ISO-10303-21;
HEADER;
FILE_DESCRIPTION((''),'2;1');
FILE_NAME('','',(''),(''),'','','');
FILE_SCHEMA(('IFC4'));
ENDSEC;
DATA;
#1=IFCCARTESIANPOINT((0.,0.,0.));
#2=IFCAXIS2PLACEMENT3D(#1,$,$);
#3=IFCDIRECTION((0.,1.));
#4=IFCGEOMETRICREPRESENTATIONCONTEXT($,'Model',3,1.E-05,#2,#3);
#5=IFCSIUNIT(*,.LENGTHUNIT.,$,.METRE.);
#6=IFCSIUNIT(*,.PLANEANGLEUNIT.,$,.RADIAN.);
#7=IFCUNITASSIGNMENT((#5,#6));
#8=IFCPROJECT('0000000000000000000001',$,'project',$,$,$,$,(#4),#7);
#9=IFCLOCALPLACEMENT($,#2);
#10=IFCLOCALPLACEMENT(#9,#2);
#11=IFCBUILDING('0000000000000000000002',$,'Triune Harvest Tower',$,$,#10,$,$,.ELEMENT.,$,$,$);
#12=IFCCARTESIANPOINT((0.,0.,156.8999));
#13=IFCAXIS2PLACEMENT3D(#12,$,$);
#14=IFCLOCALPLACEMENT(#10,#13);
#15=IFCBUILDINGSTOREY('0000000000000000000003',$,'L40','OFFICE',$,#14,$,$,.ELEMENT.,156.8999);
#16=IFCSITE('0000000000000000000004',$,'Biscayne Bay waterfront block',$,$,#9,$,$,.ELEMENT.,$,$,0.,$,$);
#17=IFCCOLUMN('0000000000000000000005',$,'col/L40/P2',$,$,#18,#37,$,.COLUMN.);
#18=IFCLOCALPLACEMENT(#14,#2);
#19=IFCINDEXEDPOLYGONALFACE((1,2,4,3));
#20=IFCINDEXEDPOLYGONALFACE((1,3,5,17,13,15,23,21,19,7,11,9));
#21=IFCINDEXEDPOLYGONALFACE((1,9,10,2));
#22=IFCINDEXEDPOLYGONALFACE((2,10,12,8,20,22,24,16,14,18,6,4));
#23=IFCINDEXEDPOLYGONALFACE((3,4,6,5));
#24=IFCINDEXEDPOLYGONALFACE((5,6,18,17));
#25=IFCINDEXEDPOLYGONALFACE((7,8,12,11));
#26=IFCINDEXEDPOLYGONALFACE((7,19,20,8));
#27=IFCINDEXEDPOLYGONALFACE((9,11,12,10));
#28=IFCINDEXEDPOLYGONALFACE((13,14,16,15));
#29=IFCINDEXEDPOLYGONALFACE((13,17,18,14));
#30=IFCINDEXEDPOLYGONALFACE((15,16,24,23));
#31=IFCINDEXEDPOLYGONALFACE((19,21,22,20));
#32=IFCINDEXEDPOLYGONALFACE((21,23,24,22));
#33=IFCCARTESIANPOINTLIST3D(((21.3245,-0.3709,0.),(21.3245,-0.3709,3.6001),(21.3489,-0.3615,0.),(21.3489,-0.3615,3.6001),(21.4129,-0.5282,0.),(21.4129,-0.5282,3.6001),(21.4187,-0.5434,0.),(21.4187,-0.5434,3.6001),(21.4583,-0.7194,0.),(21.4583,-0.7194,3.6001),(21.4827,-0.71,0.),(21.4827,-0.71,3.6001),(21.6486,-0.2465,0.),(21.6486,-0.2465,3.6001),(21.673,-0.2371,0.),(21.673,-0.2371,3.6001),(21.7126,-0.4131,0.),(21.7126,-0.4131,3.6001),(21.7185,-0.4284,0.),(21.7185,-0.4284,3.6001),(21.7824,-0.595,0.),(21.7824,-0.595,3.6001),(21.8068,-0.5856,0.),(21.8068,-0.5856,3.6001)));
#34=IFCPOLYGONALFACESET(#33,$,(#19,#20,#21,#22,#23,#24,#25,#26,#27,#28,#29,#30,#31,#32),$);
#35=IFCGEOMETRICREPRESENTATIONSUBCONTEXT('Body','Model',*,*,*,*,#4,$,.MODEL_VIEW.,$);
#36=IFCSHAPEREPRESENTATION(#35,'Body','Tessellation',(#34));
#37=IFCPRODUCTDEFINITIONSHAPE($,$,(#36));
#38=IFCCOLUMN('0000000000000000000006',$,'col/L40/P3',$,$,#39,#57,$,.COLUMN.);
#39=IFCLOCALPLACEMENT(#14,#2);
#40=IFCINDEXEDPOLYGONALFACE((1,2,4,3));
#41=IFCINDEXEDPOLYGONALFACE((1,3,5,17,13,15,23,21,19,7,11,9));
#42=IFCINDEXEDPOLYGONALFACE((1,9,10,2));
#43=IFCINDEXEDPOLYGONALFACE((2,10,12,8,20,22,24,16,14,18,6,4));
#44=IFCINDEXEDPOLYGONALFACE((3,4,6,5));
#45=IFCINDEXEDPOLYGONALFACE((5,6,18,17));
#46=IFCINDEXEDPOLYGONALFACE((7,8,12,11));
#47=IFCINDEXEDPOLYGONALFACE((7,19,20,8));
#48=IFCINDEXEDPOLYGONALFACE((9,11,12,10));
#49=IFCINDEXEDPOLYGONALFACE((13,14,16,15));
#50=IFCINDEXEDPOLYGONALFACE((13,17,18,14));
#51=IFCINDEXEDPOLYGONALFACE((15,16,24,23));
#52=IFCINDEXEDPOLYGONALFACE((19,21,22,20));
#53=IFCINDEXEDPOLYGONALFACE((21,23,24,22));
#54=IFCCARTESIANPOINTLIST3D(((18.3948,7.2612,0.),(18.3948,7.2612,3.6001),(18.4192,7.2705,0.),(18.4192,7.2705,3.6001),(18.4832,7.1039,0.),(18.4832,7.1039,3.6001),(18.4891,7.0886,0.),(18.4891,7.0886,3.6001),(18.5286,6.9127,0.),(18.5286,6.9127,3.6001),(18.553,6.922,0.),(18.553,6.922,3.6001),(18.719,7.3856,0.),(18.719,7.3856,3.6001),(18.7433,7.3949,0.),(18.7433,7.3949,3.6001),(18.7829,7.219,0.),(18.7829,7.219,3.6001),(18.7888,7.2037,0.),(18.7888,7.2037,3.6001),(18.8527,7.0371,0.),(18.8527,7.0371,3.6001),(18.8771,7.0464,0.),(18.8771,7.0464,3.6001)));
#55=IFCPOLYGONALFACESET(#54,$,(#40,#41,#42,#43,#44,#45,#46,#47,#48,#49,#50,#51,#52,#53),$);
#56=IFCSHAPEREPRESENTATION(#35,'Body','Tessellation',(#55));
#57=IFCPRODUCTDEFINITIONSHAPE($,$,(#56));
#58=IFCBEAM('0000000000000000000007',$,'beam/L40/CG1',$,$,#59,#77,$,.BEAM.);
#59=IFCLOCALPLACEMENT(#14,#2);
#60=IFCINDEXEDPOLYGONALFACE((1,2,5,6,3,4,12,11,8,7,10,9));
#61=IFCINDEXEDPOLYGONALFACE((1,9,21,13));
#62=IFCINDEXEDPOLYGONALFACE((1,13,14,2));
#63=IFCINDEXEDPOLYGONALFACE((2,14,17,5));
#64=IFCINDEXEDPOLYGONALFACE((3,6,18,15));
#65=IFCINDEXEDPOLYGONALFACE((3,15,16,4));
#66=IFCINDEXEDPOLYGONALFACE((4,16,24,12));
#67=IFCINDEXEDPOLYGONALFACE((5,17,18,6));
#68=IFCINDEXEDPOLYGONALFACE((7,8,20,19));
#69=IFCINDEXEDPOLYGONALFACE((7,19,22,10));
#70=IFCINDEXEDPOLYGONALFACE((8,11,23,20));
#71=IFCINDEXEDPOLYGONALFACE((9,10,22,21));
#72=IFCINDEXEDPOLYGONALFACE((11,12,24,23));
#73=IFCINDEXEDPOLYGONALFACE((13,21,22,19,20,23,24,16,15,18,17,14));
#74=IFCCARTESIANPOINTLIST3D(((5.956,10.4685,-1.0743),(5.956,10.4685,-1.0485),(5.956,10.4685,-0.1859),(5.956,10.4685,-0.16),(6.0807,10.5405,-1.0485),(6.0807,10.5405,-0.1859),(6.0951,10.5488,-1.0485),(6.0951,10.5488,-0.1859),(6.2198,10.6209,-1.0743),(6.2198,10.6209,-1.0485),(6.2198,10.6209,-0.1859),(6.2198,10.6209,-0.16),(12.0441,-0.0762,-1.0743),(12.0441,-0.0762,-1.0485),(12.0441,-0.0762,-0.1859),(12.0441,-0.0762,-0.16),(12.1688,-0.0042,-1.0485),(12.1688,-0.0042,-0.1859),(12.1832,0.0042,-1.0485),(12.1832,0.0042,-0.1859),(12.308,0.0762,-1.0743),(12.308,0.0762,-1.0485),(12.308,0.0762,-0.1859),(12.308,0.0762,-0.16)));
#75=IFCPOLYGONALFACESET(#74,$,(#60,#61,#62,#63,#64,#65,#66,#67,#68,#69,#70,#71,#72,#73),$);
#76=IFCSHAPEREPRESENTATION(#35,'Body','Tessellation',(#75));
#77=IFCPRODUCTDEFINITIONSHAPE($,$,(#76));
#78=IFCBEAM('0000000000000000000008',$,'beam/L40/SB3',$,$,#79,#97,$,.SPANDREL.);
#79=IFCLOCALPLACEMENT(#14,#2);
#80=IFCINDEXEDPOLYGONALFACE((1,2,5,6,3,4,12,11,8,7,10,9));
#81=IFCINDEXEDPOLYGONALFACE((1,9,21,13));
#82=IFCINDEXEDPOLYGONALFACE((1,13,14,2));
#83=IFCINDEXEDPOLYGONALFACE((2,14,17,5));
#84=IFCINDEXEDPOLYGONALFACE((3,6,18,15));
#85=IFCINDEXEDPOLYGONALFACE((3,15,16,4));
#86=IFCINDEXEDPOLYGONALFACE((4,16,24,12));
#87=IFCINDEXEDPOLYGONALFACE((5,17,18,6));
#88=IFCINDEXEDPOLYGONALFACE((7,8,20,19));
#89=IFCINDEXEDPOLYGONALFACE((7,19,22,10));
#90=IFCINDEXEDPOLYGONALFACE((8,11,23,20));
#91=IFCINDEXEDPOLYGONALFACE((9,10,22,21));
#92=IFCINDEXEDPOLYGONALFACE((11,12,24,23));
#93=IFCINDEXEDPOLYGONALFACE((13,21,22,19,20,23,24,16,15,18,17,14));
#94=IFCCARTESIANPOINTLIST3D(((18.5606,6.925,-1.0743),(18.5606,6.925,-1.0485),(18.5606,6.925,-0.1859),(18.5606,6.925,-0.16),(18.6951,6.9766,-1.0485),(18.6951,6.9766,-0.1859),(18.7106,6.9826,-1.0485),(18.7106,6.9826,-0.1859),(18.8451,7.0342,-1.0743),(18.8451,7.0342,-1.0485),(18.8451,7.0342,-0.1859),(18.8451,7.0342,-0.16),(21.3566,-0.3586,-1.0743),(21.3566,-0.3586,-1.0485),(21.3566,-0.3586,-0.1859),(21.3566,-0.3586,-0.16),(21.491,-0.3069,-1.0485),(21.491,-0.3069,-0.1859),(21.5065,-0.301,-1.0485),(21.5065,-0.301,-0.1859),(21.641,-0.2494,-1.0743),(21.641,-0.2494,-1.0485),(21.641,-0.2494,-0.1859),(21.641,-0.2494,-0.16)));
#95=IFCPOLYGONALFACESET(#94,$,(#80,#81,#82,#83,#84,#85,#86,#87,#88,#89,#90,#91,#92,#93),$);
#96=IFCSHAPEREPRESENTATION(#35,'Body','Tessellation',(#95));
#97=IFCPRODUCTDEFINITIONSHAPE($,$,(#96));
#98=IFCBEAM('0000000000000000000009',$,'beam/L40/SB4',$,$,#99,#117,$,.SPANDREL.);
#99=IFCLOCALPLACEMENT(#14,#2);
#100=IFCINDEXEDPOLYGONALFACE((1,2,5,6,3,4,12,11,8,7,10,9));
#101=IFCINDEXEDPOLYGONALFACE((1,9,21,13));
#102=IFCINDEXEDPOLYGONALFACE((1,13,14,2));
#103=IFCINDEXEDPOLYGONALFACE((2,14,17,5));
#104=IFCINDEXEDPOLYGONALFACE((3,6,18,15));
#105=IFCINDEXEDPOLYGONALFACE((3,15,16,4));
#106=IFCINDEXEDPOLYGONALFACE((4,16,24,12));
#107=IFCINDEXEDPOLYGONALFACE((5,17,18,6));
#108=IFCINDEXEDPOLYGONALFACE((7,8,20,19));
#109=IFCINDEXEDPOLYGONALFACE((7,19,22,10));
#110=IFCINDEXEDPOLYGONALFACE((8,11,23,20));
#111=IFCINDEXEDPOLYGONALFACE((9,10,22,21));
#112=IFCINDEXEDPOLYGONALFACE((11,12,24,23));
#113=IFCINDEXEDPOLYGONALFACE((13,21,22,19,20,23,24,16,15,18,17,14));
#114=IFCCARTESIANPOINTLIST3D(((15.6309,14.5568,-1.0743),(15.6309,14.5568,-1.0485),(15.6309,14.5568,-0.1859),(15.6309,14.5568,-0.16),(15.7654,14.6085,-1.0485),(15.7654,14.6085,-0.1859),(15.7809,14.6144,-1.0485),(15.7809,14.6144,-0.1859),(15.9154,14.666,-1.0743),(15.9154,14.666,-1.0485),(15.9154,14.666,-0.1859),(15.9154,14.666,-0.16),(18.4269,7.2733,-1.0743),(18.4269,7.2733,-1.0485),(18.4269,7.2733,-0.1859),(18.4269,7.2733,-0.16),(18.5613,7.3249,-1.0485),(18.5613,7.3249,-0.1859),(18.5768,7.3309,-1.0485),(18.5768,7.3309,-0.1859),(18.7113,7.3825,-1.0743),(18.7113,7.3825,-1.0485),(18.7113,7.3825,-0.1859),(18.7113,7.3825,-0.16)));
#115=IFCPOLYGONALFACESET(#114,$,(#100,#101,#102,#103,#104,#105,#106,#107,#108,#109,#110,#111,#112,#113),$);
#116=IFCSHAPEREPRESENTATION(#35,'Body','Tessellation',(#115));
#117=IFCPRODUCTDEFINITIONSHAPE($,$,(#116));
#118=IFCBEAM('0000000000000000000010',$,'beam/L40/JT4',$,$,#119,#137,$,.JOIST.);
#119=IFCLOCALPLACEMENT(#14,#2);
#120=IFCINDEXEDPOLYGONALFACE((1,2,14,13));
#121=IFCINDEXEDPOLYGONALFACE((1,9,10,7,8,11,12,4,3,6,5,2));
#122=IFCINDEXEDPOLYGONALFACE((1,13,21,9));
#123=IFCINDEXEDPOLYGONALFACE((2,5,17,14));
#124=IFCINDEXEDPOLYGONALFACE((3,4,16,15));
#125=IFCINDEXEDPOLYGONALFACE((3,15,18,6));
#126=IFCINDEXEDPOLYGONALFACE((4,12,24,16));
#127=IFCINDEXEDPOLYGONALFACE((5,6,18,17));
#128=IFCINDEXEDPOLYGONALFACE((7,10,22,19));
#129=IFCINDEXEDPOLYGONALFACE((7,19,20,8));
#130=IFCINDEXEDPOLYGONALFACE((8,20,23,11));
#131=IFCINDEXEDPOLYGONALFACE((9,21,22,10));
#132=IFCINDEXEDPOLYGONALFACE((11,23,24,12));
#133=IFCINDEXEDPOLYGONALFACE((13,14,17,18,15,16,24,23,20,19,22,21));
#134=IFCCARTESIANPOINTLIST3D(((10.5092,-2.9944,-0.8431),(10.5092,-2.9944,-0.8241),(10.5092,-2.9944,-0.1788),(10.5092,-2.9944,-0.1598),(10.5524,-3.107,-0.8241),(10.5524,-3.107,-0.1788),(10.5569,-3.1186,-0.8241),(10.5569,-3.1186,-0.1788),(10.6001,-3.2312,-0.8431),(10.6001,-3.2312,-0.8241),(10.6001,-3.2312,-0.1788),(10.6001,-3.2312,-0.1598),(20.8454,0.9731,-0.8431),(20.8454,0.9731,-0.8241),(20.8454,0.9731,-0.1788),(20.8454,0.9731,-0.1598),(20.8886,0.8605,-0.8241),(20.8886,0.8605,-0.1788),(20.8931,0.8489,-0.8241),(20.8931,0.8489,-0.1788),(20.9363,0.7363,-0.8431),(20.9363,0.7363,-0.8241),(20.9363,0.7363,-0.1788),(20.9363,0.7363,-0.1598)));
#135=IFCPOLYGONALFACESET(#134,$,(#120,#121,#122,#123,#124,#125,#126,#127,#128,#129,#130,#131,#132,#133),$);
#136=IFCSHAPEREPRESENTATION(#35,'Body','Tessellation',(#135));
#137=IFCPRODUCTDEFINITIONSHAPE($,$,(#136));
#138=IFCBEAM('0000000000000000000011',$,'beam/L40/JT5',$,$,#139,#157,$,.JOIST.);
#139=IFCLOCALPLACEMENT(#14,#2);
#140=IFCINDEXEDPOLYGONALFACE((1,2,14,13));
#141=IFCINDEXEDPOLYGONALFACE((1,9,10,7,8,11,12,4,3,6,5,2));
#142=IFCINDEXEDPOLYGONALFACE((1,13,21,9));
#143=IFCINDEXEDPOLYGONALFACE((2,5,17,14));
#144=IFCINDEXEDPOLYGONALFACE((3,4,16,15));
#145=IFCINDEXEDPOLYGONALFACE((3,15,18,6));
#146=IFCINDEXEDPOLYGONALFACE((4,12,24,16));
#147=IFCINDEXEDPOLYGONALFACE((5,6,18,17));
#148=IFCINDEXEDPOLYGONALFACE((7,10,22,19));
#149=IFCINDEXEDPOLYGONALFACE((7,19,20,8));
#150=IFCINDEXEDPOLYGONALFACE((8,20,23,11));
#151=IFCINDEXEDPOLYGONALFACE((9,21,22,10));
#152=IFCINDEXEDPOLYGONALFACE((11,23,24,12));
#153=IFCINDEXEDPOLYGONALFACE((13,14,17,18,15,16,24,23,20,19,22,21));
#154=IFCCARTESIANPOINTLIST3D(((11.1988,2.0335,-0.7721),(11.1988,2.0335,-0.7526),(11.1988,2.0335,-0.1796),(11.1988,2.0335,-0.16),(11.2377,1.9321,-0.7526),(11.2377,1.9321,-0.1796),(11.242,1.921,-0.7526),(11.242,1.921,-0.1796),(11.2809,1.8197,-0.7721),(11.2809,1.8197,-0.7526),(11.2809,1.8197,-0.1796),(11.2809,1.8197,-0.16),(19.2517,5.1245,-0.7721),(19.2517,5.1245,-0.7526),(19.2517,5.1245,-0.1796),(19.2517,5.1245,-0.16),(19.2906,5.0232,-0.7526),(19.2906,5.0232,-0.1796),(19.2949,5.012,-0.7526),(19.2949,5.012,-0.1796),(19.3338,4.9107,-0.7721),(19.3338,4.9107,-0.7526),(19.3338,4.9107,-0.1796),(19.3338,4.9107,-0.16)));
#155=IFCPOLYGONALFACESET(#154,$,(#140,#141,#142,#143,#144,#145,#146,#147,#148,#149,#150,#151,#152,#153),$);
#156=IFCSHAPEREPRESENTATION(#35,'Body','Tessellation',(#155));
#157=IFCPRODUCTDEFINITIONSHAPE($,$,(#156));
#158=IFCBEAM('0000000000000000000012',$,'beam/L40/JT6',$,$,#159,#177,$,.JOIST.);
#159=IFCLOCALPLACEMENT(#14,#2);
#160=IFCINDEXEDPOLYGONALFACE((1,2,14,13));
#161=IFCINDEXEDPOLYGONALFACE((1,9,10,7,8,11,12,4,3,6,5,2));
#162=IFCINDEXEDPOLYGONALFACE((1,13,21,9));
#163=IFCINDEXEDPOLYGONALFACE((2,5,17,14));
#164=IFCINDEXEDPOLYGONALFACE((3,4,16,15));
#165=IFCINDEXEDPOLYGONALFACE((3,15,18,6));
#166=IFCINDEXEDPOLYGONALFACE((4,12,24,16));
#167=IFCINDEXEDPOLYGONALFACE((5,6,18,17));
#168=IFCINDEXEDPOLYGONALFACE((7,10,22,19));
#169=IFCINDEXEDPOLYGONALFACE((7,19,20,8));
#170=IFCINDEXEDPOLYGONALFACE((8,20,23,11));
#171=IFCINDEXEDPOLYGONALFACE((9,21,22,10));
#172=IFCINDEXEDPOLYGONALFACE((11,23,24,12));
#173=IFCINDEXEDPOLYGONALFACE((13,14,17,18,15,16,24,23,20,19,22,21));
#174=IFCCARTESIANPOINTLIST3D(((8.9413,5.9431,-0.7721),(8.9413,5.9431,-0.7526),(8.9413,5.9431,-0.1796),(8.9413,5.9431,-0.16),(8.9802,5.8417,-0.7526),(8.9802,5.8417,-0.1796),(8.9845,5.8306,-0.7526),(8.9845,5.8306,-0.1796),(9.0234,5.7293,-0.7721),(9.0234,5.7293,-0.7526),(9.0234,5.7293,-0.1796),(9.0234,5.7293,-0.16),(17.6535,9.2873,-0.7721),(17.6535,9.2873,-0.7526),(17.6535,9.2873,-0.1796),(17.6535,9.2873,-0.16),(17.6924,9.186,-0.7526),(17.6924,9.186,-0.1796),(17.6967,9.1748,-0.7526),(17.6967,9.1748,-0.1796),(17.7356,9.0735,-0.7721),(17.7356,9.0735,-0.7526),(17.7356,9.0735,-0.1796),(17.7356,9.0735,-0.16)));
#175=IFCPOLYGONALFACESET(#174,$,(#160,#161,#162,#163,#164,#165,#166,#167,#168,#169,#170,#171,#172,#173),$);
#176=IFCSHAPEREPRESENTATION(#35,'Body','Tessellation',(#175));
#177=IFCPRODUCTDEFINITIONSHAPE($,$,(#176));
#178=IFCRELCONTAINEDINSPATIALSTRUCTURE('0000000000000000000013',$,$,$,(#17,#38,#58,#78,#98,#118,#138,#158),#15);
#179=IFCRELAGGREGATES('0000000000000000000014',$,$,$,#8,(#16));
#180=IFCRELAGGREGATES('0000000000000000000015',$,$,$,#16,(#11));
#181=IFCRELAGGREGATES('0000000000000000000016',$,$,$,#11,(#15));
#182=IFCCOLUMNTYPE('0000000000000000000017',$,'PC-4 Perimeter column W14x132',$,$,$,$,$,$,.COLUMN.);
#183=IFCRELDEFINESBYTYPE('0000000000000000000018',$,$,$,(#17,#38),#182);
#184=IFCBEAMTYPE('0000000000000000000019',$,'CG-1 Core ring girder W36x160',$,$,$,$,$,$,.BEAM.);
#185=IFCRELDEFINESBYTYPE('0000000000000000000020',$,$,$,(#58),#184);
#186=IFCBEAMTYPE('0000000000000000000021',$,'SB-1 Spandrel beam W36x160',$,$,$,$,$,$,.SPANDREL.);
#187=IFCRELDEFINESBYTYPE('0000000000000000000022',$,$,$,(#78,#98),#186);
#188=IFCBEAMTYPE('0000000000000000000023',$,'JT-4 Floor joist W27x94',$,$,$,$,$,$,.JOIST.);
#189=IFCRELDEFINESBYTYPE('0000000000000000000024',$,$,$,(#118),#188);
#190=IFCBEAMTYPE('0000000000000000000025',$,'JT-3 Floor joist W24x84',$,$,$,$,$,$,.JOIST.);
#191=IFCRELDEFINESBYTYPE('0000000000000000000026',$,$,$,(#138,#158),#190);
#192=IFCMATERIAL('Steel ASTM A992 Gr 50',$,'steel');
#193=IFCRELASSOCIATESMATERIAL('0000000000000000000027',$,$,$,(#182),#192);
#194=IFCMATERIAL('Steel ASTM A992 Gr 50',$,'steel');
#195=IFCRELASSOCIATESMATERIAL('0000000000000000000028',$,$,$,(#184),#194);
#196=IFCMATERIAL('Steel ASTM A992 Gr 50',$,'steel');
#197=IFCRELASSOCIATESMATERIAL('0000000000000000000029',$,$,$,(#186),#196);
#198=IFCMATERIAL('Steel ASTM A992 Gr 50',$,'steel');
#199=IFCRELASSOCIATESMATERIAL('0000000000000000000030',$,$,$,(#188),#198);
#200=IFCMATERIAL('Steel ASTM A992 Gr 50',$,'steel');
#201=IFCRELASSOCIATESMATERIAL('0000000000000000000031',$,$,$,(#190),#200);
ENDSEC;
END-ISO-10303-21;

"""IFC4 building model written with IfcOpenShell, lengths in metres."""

from ifc_helpers import new_model, si_unit, direction, frame, origin, origin_2d, place, context, subcontext, project, spatial, i_section, extrude, source, transform, mapped, material, material_profile, profile_set, type_object, element, save


model = new_model("IFC4")

# Units and contexts
model_context = context("Model", 3, precision=1e-05, world=origin(), true_north=direction((0.0, 1.0)))
body_context = subcontext(model_context, "Body", "Model", "MODEL_VIEW")
ifc_project = project(units=[si_unit("LENGTHUNIT", "METRE"), si_unit("PLANEANGLEUNIT", "RADIAN")], contexts=[model_context])

# Site, building, storey
site_placement = place(None, origin())
site = spatial("IfcSite", under=ifc_project, at=site_placement, Name="Biscayne Bay waterfront block", CompositionType="ELEMENT", RefElevation=0.0)
building_placement = place(site_placement, origin())
building = spatial("IfcBuilding", under=site, at=building_placement, Name="Triune Harvest Tower", CompositionType="ELEMENT")
storey_placement = place(building_placement, frame((0.0, 0.0, 156.8999)))
storey = spatial("IfcBuildingStorey", under=building, at=storey_placement, Name="L40", Description="OFFICE", CompositionType="ELEMENT", Elevation=156.8999)

# Columns
ifc_material_1 = material(Name="Steel ASTM A992 Gr 50", Category="steel")
ifc_material_profile_1 = material_profile(ifc_material_1, i_section(OverallWidth=0.3733, OverallDepth=0.3733, WebThickness=0.0164, FlangeThickness=0.0261, at=origin_2d()), Name="W14x132")
ifc_profile_set_1 = profile_set([ifc_material_profile_1], Name="Steel ASTM A992 Gr 50")
column_type = type_object("IfcColumnType", Name="PC-4 Perimeter column W14x132", PredefinedType="COLUMN", material=ifc_profile_set_1)
shared_shape_1 = source(origin(), body_context, "Body", "SweptSolid", [
    extrude(i_section(OverallWidth=0.3733, OverallDepth=0.3733, WebThickness=0.0164, FlangeThickness=0.0261, at=origin_2d()), origin(), (0.0, 0.0, 1.0), 3.6001),
])
for number, where, z_axis, x_axis, name in (
    (1, (21.5657, -0.4783, 0.0), (0.0, 0.0, 1.0), (-0.358368, 0.93358, 0.0), "col/L40/P2"),
    (2, (18.636, 7.1538, 0.0), (0.0, 0.0, 1.0), (-0.358368, 0.93358, 0.0), "col/L40/P3"),
):
    element("IfcColumn", number, at=place(storey_placement, frame(where, z_axis=z_axis, x_axis=x_axis)), inside=storey, type_object=column_type, Name=name, PredefinedType="COLUMN", context=body_context, shape_type="MappedRepresentation", body=[
        mapped(shared_shape_1, transform((0.0, 0.0, 0.0), scale=1.0)),
    ])

# Beams
ifc_material_2 = material(Name="Steel ASTM A992 Gr 50", Category="steel")
ifc_material_profile_2 = material_profile(ifc_material_2, i_section(OverallWidth=0.3047, OverallDepth=0.9143, WebThickness=0.0166, FlangeThickness=0.0259, at=origin_2d()), Name="W36x160")
ifc_profile_set_2 = profile_set([ifc_material_profile_2], Name="Steel ASTM A992 Gr 50")
beam_type_1 = type_object("IfcBeamType", Name="CG-1 Core ring girder W36x160", PredefinedType="BEAM", material=ifc_profile_set_2)
shared_shape_2 = source(origin(), body_context, "Body", "SweptSolid", [
    extrude(i_section(OverallWidth=0.3047, OverallDepth=0.9143, WebThickness=0.0166, FlangeThickness=0.0259, at=origin_2d()), origin(), (0.0, 0.0, 1.0), 12.176),
])
beam_1_placement = place(storey_placement, frame((12.176, 0.0, -0.6172), z_axis=(-0.50001, 0.86602, 0.0), x_axis=(-0.86602, -0.50001, 0.0)))
element("IfcBeam", 3, at=beam_1_placement, inside=storey, type_object=beam_type_1, Name="beam/L40/CG1", PredefinedType="BEAM", context=body_context, shape_type="MappedRepresentation", body=[
    mapped(shared_shape_2, transform((0.0, 0.0, 0.0), scale=1.0)),
])
ifc_material_3 = material(Name="Steel ASTM A992 Gr 50", Category="steel")
ifc_material_profile_3 = material_profile(ifc_material_3, i_section(OverallWidth=0.3047, OverallDepth=0.9143, WebThickness=0.0166, FlangeThickness=0.0259, at=origin_2d()), Name="W36x160")
ifc_profile_set_3 = profile_set([ifc_material_profile_3], Name="Steel ASTM A992 Gr 50")
beam_type_2 = type_object("IfcBeamType", Name="SB-1 Spandrel beam W36x160", PredefinedType="SPANDREL", material=ifc_profile_set_3)
shared_shape_3 = source(origin(), body_context, "Body", "SweptSolid", [
    extrude(i_section(OverallWidth=0.3047, OverallDepth=0.9143, WebThickness=0.0166, FlangeThickness=0.0259, at=origin_2d()), origin(), (0.0, 0.0, 1.0), 7.8018),
])
for number, where, z_axis, x_axis, name in (
    (4, (21.4988, -0.304, -0.6172), (-0.358373, 0.933578, 0.0), (-0.933578, -0.358373, 0.0), "beam/L40/SB3"),
    (5, (18.5691, 7.3279, -0.6172), (-0.358373, 0.933578, 0.0), (-0.933578, -0.358373, 0.0), "beam/L40/SB4"),
):
    element("IfcBeam", number, at=place(storey_placement, frame(where, z_axis=z_axis, x_axis=x_axis)), inside=storey, type_object=beam_type_2, Name=name, PredefinedType="SPANDREL", context=body_context, shape_type="MappedRepresentation", body=[
        mapped(shared_shape_3, transform((0.0, 0.0, 0.0), scale=1.0)),
    ])
ifc_material_4 = material(Name="Steel ASTM A992 Gr 50", Category="steel")
ifc_material_profile_4 = material_profile(ifc_material_4, i_section(OverallWidth=0.2537, OverallDepth=0.6833, WebThickness=0.0125, FlangeThickness=0.019, at=origin_2d()), Name="W27x94")
ifc_profile_set_4 = profile_set([ifc_material_profile_4], Name="Steel ASTM A992 Gr 50")
beam_type_3 = type_object("IfcBeamType", Name="JT-4 Floor joist W27x94", PredefinedType="JOIST", material=ifc_profile_set_4)
shared_shape_4 = source(origin(), body_context, "Body", "SweptSolid", [
    extrude(i_section(OverallWidth=0.2537, OverallDepth=0.6833, WebThickness=0.0125, FlangeThickness=0.019, at=origin_2d()), origin(), (0.0, 0.0, 1.0), 11.0715),
])
beam_2_placement = place(storey_placement, frame((20.8909, 0.8547, -0.5015), z_axis=(-0.933585, -0.358355, 0.0), x_axis=(0.358355, -0.933585, 0.0)))
element("IfcBeam", 6, at=beam_2_placement, inside=storey, type_object=beam_type_3, Name="beam/L40/JT4", PredefinedType="JOIST", context=body_context, shape_type="MappedRepresentation", body=[
    mapped(shared_shape_4, transform((0.0, 0.0, 0.0), scale=1.0)),
])
ifc_material_5 = material(Name="Steel ASTM A992 Gr 50", Category="steel")
ifc_material_profile_5 = material_profile(ifc_material_5, i_section(OverallWidth=0.229, OverallDepth=0.6121, WebThickness=0.012, FlangeThickness=0.0195, at=origin_2d()), Name="W24x84")
ifc_profile_set_5 = profile_set([ifc_material_profile_5], Name="Steel ASTM A992 Gr 50")
beam_type_4 = type_object("IfcBeamType", Name="JT-3 Floor joist W24x84", PredefinedType="JOIST", material=ifc_profile_set_5)
shared_shape_5 = source(origin(), body_context, "Body", "SweptSolid", [
    extrude(i_section(OverallWidth=0.229, OverallDepth=0.6121, WebThickness=0.012, FlangeThickness=0.0195, at=origin_2d()), origin(), (0.0, 0.0, 1.0), 8.6257),
])
beam_3_placement = place(storey_placement, frame((19.2927, 5.0176, -0.4661), z_axis=(-0.933588, -0.358349, 0.0), x_axis=(0.358349, -0.933588, 0.0)))
element("IfcBeam", 7, at=beam_3_placement, inside=storey, type_object=beam_type_4, Name="beam/L40/JT5", PredefinedType="JOIST", context=body_context, shape_type="MappedRepresentation", body=[
    mapped(shared_shape_5, transform((0.0, 0.0, 0.0), scale=1.0)),
])
shared_shape_6 = source(origin(), body_context, "Body", "SweptSolid", [
    extrude(i_section(OverallWidth=0.229, OverallDepth=0.6121, WebThickness=0.012, FlangeThickness=0.0195, at=origin_2d()), origin(), (0.0, 0.0, 1.0), 9.332),
])
beam_4_placement = place(storey_placement, frame((17.6946, 9.1804, -0.4661), z_axis=(-0.933582, -0.358364, 0.0), x_axis=(0.358364, -0.933582, 0.0)))
element("IfcBeam", 8, at=beam_4_placement, inside=storey, type_object=beam_type_4, Name="beam/L40/JT6", PredefinedType="JOIST", context=body_context, shape_type="MappedRepresentation", body=[
    mapped(shared_shape_6, transform((0.0, 0.0, 0.0), scale=1.0)),
])

save(model, "model.ifc")
